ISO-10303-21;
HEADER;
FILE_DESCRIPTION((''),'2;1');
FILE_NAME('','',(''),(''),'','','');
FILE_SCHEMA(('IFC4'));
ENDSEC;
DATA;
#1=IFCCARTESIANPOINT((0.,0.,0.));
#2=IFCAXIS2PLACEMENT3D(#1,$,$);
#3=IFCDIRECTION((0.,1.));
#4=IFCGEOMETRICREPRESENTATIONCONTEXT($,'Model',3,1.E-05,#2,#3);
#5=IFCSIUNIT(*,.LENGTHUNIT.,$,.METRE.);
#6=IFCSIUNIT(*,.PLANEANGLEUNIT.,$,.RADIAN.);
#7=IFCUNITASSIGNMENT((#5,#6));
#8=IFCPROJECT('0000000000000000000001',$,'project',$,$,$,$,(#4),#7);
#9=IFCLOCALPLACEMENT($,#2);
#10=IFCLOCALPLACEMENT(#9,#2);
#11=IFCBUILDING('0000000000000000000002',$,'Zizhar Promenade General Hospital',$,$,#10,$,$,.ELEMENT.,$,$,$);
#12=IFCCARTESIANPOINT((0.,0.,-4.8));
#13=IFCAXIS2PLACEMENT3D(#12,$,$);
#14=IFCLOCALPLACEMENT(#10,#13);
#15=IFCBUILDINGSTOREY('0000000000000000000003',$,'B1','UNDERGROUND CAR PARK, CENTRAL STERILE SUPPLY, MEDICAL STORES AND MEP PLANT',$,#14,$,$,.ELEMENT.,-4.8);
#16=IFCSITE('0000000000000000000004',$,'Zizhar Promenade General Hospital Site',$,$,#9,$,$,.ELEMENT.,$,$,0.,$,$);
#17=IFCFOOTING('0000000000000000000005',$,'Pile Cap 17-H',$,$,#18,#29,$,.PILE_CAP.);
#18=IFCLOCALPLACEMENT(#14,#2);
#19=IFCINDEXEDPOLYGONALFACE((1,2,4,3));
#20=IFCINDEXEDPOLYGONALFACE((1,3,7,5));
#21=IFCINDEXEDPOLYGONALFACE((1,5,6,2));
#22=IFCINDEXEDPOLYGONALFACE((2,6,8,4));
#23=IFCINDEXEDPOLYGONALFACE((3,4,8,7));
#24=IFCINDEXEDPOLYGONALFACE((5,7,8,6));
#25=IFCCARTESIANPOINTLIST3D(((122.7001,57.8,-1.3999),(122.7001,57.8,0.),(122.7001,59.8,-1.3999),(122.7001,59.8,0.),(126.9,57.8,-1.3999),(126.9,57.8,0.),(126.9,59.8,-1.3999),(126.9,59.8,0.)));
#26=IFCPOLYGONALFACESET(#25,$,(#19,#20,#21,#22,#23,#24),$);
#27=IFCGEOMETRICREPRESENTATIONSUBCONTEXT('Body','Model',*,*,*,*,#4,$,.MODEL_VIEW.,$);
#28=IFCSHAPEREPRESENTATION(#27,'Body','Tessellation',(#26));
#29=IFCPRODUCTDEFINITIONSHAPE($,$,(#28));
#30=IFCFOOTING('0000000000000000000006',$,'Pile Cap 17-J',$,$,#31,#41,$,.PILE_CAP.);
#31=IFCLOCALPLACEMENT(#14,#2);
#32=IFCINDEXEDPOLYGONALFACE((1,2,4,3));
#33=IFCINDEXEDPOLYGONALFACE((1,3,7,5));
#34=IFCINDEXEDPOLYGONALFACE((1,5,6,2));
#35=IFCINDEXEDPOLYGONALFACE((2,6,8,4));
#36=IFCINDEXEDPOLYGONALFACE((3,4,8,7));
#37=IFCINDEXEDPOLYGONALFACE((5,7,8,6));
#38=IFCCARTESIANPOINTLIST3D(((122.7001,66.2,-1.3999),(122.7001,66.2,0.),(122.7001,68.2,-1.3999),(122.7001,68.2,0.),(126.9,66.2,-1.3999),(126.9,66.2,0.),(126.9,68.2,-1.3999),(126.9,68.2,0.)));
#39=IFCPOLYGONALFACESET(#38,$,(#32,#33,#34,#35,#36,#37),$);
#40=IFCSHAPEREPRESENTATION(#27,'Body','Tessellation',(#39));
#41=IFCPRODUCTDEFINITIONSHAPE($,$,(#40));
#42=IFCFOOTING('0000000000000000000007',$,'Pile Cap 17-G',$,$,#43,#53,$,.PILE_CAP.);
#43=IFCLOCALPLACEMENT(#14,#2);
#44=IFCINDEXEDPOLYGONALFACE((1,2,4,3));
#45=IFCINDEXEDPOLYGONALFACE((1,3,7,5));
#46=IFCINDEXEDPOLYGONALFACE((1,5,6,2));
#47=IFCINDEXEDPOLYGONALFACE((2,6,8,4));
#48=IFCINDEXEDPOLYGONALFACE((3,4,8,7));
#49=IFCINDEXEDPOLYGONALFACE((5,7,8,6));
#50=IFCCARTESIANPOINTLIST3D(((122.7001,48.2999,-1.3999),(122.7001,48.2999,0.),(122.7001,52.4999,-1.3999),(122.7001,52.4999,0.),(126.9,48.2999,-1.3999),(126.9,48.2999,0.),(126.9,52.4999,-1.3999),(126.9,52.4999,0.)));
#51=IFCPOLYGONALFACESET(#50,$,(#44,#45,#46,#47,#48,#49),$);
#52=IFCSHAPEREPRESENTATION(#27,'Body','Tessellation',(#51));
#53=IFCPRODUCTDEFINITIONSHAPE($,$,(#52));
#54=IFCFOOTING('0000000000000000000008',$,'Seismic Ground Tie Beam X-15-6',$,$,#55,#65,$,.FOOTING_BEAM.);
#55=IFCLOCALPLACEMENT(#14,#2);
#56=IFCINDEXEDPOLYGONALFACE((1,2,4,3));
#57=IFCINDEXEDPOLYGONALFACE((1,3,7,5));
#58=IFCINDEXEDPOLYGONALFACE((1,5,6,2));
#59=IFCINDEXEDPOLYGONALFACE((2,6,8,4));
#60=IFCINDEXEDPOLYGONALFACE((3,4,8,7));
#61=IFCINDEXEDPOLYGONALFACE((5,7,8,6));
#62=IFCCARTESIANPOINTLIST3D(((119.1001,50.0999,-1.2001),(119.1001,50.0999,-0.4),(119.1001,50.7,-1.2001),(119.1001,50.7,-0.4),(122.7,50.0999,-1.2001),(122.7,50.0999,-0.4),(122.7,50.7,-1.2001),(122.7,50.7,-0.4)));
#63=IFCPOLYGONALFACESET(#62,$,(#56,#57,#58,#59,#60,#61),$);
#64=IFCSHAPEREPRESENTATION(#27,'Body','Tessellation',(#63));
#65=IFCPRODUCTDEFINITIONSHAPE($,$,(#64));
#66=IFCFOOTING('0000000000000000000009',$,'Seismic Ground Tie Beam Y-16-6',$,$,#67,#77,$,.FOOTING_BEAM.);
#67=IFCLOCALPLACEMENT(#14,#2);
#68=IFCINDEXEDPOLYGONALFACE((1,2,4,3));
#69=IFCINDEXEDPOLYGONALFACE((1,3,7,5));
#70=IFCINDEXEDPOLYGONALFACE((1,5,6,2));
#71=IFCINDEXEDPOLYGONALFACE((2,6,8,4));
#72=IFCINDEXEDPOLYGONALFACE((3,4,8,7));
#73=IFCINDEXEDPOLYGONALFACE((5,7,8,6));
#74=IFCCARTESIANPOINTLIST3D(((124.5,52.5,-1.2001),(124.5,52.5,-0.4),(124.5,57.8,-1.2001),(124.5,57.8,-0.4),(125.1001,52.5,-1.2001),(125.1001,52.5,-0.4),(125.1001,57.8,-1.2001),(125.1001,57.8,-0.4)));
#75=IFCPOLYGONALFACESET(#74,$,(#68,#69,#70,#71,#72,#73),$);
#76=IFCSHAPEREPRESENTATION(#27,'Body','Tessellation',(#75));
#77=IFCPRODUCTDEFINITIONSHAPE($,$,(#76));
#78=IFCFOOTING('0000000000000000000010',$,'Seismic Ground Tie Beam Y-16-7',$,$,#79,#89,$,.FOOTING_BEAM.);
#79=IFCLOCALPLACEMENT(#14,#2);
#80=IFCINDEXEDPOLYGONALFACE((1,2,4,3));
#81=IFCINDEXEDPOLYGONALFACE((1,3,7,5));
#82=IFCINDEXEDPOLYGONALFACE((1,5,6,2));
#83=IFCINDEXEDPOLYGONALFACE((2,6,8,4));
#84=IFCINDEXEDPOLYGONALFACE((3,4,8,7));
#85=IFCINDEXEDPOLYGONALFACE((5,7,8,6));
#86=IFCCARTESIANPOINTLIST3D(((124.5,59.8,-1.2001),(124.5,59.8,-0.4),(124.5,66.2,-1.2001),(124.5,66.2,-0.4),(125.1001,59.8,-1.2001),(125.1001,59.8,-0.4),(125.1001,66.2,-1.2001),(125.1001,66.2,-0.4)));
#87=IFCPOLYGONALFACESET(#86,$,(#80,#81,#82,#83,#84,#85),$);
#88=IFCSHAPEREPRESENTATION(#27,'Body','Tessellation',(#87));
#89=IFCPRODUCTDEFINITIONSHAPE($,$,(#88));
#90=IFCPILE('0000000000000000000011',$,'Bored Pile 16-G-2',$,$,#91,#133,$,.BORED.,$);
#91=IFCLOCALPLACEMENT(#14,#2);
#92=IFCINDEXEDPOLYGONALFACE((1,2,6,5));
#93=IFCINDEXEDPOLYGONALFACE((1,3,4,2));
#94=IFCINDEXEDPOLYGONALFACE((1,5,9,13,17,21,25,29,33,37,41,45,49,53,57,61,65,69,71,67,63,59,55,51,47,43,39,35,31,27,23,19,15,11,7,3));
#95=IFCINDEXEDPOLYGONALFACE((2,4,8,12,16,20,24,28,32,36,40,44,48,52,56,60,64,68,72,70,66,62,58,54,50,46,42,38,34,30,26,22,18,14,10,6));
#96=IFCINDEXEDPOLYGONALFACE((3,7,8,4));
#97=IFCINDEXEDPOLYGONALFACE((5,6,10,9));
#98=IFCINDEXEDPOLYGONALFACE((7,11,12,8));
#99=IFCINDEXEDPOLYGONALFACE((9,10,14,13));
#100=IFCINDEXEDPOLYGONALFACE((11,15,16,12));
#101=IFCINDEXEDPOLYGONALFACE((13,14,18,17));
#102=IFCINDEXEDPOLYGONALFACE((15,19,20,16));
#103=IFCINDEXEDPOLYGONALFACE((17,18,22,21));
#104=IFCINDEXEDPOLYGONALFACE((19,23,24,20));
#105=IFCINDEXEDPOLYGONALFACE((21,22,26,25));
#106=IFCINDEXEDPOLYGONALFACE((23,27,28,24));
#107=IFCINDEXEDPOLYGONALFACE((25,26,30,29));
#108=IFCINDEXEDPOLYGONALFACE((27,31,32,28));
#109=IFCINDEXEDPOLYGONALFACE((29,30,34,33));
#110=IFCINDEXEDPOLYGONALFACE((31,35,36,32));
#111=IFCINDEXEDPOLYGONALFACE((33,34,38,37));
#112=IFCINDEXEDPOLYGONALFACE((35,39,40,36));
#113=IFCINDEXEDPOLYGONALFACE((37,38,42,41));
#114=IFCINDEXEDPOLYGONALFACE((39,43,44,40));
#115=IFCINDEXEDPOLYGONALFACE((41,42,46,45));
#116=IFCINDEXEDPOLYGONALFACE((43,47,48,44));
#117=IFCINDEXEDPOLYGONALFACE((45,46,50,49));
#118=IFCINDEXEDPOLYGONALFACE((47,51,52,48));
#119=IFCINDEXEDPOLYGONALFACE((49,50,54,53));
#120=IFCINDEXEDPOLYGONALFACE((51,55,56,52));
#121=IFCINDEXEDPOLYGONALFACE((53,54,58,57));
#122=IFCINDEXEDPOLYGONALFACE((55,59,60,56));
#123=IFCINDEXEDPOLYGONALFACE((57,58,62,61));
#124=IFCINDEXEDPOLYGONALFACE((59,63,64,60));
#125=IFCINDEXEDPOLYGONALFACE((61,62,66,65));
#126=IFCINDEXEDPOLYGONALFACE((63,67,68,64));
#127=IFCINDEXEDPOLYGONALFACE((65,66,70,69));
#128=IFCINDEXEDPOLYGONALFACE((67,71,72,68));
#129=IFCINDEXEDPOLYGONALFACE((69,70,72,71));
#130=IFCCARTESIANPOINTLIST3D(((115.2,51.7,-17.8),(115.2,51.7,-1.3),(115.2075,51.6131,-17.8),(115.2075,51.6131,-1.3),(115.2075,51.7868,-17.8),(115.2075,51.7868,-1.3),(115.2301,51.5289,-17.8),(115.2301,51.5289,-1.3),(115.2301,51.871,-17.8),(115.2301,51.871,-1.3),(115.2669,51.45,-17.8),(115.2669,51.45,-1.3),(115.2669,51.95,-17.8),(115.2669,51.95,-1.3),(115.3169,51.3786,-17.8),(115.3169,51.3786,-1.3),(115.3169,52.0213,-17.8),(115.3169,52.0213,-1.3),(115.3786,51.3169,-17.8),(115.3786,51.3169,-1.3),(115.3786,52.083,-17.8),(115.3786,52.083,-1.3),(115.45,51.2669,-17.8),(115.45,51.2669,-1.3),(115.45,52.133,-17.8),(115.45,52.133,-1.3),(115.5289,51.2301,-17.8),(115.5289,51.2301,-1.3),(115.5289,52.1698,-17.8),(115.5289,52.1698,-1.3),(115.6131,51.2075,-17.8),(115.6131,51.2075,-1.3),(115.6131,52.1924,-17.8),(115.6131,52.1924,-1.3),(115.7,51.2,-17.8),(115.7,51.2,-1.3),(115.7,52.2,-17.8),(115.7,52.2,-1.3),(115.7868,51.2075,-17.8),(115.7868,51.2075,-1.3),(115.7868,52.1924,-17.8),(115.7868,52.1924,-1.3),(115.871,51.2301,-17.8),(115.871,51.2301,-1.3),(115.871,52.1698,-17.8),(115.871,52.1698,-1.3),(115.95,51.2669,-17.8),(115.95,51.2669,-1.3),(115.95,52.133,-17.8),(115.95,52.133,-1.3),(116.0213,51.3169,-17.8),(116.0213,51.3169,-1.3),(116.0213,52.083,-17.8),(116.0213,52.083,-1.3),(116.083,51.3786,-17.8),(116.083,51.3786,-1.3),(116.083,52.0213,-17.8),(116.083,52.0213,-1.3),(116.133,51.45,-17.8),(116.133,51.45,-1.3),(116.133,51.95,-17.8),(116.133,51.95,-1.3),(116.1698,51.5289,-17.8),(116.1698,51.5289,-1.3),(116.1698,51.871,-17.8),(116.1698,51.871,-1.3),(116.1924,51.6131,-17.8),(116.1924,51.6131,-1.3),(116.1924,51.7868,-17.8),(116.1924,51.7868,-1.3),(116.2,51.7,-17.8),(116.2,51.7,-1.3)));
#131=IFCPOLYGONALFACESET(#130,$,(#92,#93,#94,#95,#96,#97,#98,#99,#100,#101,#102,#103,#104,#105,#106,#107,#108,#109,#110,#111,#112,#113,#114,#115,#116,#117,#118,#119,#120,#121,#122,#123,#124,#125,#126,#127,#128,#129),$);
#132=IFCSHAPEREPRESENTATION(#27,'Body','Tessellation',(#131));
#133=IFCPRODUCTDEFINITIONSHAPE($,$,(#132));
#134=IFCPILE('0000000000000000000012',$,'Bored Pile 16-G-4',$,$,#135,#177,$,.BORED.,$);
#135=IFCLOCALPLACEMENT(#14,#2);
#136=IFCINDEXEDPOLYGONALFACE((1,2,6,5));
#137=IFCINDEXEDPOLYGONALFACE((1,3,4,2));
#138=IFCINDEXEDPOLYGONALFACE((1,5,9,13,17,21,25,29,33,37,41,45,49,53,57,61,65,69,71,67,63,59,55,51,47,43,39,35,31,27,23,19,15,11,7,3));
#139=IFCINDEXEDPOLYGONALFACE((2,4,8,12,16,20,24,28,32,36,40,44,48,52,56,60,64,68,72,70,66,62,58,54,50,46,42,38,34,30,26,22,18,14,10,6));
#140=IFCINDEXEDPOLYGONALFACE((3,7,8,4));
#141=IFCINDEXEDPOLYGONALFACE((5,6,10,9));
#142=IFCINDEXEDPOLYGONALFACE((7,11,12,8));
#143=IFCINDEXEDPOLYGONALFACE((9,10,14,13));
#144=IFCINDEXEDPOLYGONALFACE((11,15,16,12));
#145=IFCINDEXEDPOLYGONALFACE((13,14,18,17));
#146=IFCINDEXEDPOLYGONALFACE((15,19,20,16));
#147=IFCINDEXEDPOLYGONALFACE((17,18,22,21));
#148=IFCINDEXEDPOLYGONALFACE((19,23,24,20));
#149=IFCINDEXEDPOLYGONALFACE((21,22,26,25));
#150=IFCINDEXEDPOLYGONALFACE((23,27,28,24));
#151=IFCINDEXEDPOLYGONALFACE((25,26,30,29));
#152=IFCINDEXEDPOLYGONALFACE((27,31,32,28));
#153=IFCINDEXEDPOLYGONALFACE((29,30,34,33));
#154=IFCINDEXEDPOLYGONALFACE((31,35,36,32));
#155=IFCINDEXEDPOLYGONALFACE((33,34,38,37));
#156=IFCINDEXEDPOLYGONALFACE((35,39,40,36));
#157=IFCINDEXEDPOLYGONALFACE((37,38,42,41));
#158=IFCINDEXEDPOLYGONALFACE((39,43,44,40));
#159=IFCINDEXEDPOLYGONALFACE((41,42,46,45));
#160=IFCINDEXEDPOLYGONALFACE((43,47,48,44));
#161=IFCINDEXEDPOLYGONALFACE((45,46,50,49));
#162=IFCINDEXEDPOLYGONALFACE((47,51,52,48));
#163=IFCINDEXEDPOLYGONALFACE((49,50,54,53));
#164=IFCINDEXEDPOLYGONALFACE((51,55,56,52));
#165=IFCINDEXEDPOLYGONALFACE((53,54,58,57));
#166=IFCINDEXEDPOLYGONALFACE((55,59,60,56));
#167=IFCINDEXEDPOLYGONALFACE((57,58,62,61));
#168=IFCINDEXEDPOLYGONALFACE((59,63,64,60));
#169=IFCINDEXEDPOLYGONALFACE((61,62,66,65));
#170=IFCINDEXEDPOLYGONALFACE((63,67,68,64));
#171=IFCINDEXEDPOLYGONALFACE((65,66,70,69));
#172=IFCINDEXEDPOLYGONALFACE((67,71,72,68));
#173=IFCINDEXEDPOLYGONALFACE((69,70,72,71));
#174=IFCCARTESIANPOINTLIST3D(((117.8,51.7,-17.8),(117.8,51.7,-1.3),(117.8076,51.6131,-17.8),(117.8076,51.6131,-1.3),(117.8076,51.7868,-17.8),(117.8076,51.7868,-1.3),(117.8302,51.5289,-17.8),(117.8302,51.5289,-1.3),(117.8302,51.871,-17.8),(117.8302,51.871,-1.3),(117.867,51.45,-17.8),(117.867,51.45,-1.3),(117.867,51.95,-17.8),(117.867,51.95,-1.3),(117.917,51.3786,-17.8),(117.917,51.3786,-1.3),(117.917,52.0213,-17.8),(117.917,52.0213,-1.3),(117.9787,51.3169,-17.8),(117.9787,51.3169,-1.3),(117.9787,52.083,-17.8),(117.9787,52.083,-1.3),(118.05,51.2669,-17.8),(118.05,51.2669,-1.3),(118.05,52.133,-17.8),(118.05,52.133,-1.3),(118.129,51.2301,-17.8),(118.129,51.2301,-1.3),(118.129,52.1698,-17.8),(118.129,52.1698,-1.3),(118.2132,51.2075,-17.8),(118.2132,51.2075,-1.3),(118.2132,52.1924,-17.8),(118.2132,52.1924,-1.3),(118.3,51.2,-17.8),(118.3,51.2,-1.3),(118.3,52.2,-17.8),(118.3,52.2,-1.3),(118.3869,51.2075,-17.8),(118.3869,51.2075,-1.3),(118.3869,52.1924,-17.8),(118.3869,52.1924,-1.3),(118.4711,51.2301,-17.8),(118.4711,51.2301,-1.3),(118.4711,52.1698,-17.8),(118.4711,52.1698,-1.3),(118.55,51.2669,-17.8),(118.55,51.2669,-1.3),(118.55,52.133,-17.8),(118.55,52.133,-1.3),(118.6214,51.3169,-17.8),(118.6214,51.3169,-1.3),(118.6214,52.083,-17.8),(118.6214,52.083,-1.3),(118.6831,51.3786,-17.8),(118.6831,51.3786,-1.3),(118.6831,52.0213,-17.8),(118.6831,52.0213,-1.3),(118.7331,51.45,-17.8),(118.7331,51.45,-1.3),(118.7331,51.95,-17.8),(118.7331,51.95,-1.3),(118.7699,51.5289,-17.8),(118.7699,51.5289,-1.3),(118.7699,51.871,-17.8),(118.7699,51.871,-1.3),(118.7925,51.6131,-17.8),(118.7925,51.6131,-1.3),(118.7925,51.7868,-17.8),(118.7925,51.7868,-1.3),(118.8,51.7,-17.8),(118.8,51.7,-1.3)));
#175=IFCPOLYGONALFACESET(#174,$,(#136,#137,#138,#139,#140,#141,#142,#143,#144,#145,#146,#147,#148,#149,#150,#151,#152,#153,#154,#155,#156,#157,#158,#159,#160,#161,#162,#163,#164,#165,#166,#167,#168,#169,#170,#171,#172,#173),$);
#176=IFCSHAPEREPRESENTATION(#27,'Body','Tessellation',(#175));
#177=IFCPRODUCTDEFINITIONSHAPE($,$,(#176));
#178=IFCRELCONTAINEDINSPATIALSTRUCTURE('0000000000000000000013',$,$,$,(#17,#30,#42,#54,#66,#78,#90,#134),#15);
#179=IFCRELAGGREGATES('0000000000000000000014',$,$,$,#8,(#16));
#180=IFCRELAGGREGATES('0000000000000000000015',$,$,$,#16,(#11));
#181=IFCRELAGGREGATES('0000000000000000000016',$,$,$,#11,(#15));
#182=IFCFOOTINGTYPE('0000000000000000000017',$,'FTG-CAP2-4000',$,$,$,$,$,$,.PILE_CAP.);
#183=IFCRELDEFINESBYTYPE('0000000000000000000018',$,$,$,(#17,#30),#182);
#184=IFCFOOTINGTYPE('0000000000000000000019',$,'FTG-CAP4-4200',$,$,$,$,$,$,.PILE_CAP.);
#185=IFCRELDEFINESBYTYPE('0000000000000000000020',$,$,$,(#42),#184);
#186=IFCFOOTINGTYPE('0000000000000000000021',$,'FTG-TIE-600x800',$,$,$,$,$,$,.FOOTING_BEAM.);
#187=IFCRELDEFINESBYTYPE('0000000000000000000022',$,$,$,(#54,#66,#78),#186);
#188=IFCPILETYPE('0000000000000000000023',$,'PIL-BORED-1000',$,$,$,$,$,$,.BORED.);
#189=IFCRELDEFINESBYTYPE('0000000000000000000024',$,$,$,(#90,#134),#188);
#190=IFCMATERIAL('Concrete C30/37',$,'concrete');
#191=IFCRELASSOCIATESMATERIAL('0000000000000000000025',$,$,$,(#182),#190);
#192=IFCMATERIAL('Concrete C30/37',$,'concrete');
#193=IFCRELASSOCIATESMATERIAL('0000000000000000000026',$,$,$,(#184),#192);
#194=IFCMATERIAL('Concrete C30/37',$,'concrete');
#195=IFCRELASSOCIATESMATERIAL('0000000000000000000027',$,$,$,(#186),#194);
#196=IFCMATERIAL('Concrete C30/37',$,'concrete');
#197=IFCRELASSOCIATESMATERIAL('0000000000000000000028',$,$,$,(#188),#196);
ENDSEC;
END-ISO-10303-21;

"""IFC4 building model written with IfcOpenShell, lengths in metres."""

from ifc_helpers import new_model, si_unit, direction, frame, origin, origin_2d, place, context, subcontext, project, spatial, rectangle, circle, extrude, material, material_profile, profile_set, type_object, element, save


model = new_model("IFC4")

# Units and contexts
model_context = context("Model", 3, precision=1e-05, world=origin(), true_north=direction((0.0, 1.0)))
body_context = subcontext(model_context, "Body", "Model", "MODEL_VIEW")
ifc_project = project(units=[si_unit("LENGTHUNIT", "METRE"), si_unit("PLANEANGLEUNIT", "RADIAN")], contexts=[model_context])

# Site, building, storey
site_placement = place(None, origin())
site = spatial("IfcSite", under=ifc_project, at=site_placement, Name="Zizhar Promenade General Hospital Site", CompositionType="ELEMENT", RefElevation=0.0)
building_placement = place(site_placement, origin())
building = spatial("IfcBuilding", under=site, at=building_placement, Name="Zizhar Promenade General Hospital", CompositionType="ELEMENT")
storey_placement = place(building_placement, frame((0.0, 0.0, -4.8)))
storey = spatial("IfcBuildingStorey", under=building, at=storey_placement, Name="B1", Description="UNDERGROUND CAR PARK, CENTRAL STERILE SUPPLY, MEDICAL STORES AND MEP PLANT", CompositionType="ELEMENT", Elevation=-4.8)

# Footings
ifc_material_1 = material(Name="Concrete C30/37", Category="concrete")
footing_type_1 = type_object("IfcFootingType", Name="FTG-CAP2-4000", PredefinedType="PILE_CAP", material=ifc_material_1)
for number, where, z_axis, x_axis, name in (
    (1, (124.8, 58.8, -1.3999), (0.0, 0.0, 1.0), (1.0, 0.0, 0.0), "Pile Cap 17-H"),
    (2, (124.8, 67.2, -1.3999), (0.0, 0.0, 1.0), (1.0, 0.0, 0.0), "Pile Cap 17-J"),
):
    element("IfcFooting", number, at=place(storey_placement, frame(where, z_axis=z_axis, x_axis=x_axis)), inside=storey, type_object=footing_type_1, Name=name, PredefinedType="PILE_CAP", context=body_context, shape_type="SweptSolid", body=[
        extrude(rectangle(XDim=4.2, YDim=2.0, at=origin_2d()), origin(), (0.0, 0.0, 1.0), 1.3999),
    ])
ifc_material_2 = material(Name="Concrete C30/37", Category="concrete")
footing_type_2 = type_object("IfcFootingType", Name="FTG-CAP4-4200", PredefinedType="PILE_CAP", material=ifc_material_2)
footing_1_placement = place(storey_placement, frame((124.8, 50.3999, -1.3999), z_axis=(0.0, 0.0, 1.0), x_axis=(1.0, 0.0, 0.0)))
element("IfcFooting", 3, at=footing_1_placement, inside=storey, type_object=footing_type_2, Name="Pile Cap 17-G", PredefinedType="PILE_CAP", context=body_context, shape_type="SweptSolid", body=[
    extrude(rectangle(XDim=4.2, YDim=4.2, at=origin_2d()), origin(), (0.0, 0.0, 1.0), 1.3999),
])
ifc_material_3 = material(Name="Concrete C30/37", Category="concrete")
ifc_material_profile_1 = material_profile(ifc_material_3, rectangle(XDim=0.6001, YDim=0.8, at=origin_2d()))
ifc_profile_set_1 = profile_set([ifc_material_profile_1], Name="Concrete C30/37")
footing_type_3 = type_object("IfcFootingType", Name="FTG-TIE-600x800", PredefinedType="FOOTING_BEAM", material=ifc_profile_set_1)
footing_2_placement = place(storey_placement, frame((119.1001, 50.3999, -0.8), z_axis=(1.0, 0.0, 0.0), x_axis=(0.0, 1.0, 0.0)))
element("IfcFooting", 4, at=footing_2_placement, inside=storey, type_object=footing_type_3, Name="Seismic Ground Tie Beam X-15-6", PredefinedType="FOOTING_BEAM", context=body_context, shape_type="SweptSolid", body=[
    extrude(rectangle(XDim=0.6001, YDim=0.8, at=origin_2d()), origin(), (0.0, 0.0, 1.0), 3.5999),
])
footing_3_placement = place(storey_placement, frame((124.8, 52.5, -0.8), z_axis=(0.0, 1.0, 0.0), x_axis=(-1.0, 0.0, 0.0)))
element("IfcFooting", 5, at=footing_3_placement, inside=storey, type_object=footing_type_3, Name="Seismic Ground Tie Beam Y-16-6", PredefinedType="FOOTING_BEAM", context=body_context, shape_type="SweptSolid", body=[
    extrude(rectangle(XDim=0.6001, YDim=0.8, at=origin_2d()), origin(), (0.0, 0.0, 1.0), 5.3),
])
footing_4_placement = place(storey_placement, frame((124.8, 59.8, -0.8), z_axis=(0.0, 1.0, 0.0), x_axis=(-1.0, 0.0, 0.0)))
element("IfcFooting", 6, at=footing_4_placement, inside=storey, type_object=footing_type_3, Name="Seismic Ground Tie Beam Y-16-7", PredefinedType="FOOTING_BEAM", context=body_context, shape_type="SweptSolid", body=[
    extrude(rectangle(XDim=0.6001, YDim=0.8, at=origin_2d()), origin(), (0.0, 0.0, 1.0), 6.3999),
])

# Piles
ifc_material_4 = material(Name="Concrete C30/37", Category="concrete")
ifc_material_profile_2 = material_profile(ifc_material_4, circle(Radius=0.5, at=origin_2d()))
ifc_profile_set_2 = profile_set([ifc_material_profile_2], Name="Concrete C30/37")
pile_type = type_object("IfcPileType", Name="PIL-BORED-1000", PredefinedType="BORED", material=ifc_profile_set_2)
for number, where, z_axis, x_axis, name in (
    (7, (115.7, 51.7, -1.3), (0.0, 0.0, -1.0), (1.0, 0.0, 0.0), "Bored Pile 16-G-2"),
    (8, (118.3, 51.7, -1.3), (0.0, 0.0, -1.0), (1.0, 0.0, 0.0), "Bored Pile 16-G-4"),
):
    element("IfcPile", number, at=place(storey_placement, frame(where, z_axis=z_axis, x_axis=x_axis)), inside=storey, type_object=pile_type, Name=name, PredefinedType="BORED", context=body_context, shape_type="SweptSolid", body=[
        extrude(circle(Radius=0.5, at=origin_2d()), origin(), (0.0, 0.0, 1.0), 16.5),
    ])

save(model, "model.ifc")
